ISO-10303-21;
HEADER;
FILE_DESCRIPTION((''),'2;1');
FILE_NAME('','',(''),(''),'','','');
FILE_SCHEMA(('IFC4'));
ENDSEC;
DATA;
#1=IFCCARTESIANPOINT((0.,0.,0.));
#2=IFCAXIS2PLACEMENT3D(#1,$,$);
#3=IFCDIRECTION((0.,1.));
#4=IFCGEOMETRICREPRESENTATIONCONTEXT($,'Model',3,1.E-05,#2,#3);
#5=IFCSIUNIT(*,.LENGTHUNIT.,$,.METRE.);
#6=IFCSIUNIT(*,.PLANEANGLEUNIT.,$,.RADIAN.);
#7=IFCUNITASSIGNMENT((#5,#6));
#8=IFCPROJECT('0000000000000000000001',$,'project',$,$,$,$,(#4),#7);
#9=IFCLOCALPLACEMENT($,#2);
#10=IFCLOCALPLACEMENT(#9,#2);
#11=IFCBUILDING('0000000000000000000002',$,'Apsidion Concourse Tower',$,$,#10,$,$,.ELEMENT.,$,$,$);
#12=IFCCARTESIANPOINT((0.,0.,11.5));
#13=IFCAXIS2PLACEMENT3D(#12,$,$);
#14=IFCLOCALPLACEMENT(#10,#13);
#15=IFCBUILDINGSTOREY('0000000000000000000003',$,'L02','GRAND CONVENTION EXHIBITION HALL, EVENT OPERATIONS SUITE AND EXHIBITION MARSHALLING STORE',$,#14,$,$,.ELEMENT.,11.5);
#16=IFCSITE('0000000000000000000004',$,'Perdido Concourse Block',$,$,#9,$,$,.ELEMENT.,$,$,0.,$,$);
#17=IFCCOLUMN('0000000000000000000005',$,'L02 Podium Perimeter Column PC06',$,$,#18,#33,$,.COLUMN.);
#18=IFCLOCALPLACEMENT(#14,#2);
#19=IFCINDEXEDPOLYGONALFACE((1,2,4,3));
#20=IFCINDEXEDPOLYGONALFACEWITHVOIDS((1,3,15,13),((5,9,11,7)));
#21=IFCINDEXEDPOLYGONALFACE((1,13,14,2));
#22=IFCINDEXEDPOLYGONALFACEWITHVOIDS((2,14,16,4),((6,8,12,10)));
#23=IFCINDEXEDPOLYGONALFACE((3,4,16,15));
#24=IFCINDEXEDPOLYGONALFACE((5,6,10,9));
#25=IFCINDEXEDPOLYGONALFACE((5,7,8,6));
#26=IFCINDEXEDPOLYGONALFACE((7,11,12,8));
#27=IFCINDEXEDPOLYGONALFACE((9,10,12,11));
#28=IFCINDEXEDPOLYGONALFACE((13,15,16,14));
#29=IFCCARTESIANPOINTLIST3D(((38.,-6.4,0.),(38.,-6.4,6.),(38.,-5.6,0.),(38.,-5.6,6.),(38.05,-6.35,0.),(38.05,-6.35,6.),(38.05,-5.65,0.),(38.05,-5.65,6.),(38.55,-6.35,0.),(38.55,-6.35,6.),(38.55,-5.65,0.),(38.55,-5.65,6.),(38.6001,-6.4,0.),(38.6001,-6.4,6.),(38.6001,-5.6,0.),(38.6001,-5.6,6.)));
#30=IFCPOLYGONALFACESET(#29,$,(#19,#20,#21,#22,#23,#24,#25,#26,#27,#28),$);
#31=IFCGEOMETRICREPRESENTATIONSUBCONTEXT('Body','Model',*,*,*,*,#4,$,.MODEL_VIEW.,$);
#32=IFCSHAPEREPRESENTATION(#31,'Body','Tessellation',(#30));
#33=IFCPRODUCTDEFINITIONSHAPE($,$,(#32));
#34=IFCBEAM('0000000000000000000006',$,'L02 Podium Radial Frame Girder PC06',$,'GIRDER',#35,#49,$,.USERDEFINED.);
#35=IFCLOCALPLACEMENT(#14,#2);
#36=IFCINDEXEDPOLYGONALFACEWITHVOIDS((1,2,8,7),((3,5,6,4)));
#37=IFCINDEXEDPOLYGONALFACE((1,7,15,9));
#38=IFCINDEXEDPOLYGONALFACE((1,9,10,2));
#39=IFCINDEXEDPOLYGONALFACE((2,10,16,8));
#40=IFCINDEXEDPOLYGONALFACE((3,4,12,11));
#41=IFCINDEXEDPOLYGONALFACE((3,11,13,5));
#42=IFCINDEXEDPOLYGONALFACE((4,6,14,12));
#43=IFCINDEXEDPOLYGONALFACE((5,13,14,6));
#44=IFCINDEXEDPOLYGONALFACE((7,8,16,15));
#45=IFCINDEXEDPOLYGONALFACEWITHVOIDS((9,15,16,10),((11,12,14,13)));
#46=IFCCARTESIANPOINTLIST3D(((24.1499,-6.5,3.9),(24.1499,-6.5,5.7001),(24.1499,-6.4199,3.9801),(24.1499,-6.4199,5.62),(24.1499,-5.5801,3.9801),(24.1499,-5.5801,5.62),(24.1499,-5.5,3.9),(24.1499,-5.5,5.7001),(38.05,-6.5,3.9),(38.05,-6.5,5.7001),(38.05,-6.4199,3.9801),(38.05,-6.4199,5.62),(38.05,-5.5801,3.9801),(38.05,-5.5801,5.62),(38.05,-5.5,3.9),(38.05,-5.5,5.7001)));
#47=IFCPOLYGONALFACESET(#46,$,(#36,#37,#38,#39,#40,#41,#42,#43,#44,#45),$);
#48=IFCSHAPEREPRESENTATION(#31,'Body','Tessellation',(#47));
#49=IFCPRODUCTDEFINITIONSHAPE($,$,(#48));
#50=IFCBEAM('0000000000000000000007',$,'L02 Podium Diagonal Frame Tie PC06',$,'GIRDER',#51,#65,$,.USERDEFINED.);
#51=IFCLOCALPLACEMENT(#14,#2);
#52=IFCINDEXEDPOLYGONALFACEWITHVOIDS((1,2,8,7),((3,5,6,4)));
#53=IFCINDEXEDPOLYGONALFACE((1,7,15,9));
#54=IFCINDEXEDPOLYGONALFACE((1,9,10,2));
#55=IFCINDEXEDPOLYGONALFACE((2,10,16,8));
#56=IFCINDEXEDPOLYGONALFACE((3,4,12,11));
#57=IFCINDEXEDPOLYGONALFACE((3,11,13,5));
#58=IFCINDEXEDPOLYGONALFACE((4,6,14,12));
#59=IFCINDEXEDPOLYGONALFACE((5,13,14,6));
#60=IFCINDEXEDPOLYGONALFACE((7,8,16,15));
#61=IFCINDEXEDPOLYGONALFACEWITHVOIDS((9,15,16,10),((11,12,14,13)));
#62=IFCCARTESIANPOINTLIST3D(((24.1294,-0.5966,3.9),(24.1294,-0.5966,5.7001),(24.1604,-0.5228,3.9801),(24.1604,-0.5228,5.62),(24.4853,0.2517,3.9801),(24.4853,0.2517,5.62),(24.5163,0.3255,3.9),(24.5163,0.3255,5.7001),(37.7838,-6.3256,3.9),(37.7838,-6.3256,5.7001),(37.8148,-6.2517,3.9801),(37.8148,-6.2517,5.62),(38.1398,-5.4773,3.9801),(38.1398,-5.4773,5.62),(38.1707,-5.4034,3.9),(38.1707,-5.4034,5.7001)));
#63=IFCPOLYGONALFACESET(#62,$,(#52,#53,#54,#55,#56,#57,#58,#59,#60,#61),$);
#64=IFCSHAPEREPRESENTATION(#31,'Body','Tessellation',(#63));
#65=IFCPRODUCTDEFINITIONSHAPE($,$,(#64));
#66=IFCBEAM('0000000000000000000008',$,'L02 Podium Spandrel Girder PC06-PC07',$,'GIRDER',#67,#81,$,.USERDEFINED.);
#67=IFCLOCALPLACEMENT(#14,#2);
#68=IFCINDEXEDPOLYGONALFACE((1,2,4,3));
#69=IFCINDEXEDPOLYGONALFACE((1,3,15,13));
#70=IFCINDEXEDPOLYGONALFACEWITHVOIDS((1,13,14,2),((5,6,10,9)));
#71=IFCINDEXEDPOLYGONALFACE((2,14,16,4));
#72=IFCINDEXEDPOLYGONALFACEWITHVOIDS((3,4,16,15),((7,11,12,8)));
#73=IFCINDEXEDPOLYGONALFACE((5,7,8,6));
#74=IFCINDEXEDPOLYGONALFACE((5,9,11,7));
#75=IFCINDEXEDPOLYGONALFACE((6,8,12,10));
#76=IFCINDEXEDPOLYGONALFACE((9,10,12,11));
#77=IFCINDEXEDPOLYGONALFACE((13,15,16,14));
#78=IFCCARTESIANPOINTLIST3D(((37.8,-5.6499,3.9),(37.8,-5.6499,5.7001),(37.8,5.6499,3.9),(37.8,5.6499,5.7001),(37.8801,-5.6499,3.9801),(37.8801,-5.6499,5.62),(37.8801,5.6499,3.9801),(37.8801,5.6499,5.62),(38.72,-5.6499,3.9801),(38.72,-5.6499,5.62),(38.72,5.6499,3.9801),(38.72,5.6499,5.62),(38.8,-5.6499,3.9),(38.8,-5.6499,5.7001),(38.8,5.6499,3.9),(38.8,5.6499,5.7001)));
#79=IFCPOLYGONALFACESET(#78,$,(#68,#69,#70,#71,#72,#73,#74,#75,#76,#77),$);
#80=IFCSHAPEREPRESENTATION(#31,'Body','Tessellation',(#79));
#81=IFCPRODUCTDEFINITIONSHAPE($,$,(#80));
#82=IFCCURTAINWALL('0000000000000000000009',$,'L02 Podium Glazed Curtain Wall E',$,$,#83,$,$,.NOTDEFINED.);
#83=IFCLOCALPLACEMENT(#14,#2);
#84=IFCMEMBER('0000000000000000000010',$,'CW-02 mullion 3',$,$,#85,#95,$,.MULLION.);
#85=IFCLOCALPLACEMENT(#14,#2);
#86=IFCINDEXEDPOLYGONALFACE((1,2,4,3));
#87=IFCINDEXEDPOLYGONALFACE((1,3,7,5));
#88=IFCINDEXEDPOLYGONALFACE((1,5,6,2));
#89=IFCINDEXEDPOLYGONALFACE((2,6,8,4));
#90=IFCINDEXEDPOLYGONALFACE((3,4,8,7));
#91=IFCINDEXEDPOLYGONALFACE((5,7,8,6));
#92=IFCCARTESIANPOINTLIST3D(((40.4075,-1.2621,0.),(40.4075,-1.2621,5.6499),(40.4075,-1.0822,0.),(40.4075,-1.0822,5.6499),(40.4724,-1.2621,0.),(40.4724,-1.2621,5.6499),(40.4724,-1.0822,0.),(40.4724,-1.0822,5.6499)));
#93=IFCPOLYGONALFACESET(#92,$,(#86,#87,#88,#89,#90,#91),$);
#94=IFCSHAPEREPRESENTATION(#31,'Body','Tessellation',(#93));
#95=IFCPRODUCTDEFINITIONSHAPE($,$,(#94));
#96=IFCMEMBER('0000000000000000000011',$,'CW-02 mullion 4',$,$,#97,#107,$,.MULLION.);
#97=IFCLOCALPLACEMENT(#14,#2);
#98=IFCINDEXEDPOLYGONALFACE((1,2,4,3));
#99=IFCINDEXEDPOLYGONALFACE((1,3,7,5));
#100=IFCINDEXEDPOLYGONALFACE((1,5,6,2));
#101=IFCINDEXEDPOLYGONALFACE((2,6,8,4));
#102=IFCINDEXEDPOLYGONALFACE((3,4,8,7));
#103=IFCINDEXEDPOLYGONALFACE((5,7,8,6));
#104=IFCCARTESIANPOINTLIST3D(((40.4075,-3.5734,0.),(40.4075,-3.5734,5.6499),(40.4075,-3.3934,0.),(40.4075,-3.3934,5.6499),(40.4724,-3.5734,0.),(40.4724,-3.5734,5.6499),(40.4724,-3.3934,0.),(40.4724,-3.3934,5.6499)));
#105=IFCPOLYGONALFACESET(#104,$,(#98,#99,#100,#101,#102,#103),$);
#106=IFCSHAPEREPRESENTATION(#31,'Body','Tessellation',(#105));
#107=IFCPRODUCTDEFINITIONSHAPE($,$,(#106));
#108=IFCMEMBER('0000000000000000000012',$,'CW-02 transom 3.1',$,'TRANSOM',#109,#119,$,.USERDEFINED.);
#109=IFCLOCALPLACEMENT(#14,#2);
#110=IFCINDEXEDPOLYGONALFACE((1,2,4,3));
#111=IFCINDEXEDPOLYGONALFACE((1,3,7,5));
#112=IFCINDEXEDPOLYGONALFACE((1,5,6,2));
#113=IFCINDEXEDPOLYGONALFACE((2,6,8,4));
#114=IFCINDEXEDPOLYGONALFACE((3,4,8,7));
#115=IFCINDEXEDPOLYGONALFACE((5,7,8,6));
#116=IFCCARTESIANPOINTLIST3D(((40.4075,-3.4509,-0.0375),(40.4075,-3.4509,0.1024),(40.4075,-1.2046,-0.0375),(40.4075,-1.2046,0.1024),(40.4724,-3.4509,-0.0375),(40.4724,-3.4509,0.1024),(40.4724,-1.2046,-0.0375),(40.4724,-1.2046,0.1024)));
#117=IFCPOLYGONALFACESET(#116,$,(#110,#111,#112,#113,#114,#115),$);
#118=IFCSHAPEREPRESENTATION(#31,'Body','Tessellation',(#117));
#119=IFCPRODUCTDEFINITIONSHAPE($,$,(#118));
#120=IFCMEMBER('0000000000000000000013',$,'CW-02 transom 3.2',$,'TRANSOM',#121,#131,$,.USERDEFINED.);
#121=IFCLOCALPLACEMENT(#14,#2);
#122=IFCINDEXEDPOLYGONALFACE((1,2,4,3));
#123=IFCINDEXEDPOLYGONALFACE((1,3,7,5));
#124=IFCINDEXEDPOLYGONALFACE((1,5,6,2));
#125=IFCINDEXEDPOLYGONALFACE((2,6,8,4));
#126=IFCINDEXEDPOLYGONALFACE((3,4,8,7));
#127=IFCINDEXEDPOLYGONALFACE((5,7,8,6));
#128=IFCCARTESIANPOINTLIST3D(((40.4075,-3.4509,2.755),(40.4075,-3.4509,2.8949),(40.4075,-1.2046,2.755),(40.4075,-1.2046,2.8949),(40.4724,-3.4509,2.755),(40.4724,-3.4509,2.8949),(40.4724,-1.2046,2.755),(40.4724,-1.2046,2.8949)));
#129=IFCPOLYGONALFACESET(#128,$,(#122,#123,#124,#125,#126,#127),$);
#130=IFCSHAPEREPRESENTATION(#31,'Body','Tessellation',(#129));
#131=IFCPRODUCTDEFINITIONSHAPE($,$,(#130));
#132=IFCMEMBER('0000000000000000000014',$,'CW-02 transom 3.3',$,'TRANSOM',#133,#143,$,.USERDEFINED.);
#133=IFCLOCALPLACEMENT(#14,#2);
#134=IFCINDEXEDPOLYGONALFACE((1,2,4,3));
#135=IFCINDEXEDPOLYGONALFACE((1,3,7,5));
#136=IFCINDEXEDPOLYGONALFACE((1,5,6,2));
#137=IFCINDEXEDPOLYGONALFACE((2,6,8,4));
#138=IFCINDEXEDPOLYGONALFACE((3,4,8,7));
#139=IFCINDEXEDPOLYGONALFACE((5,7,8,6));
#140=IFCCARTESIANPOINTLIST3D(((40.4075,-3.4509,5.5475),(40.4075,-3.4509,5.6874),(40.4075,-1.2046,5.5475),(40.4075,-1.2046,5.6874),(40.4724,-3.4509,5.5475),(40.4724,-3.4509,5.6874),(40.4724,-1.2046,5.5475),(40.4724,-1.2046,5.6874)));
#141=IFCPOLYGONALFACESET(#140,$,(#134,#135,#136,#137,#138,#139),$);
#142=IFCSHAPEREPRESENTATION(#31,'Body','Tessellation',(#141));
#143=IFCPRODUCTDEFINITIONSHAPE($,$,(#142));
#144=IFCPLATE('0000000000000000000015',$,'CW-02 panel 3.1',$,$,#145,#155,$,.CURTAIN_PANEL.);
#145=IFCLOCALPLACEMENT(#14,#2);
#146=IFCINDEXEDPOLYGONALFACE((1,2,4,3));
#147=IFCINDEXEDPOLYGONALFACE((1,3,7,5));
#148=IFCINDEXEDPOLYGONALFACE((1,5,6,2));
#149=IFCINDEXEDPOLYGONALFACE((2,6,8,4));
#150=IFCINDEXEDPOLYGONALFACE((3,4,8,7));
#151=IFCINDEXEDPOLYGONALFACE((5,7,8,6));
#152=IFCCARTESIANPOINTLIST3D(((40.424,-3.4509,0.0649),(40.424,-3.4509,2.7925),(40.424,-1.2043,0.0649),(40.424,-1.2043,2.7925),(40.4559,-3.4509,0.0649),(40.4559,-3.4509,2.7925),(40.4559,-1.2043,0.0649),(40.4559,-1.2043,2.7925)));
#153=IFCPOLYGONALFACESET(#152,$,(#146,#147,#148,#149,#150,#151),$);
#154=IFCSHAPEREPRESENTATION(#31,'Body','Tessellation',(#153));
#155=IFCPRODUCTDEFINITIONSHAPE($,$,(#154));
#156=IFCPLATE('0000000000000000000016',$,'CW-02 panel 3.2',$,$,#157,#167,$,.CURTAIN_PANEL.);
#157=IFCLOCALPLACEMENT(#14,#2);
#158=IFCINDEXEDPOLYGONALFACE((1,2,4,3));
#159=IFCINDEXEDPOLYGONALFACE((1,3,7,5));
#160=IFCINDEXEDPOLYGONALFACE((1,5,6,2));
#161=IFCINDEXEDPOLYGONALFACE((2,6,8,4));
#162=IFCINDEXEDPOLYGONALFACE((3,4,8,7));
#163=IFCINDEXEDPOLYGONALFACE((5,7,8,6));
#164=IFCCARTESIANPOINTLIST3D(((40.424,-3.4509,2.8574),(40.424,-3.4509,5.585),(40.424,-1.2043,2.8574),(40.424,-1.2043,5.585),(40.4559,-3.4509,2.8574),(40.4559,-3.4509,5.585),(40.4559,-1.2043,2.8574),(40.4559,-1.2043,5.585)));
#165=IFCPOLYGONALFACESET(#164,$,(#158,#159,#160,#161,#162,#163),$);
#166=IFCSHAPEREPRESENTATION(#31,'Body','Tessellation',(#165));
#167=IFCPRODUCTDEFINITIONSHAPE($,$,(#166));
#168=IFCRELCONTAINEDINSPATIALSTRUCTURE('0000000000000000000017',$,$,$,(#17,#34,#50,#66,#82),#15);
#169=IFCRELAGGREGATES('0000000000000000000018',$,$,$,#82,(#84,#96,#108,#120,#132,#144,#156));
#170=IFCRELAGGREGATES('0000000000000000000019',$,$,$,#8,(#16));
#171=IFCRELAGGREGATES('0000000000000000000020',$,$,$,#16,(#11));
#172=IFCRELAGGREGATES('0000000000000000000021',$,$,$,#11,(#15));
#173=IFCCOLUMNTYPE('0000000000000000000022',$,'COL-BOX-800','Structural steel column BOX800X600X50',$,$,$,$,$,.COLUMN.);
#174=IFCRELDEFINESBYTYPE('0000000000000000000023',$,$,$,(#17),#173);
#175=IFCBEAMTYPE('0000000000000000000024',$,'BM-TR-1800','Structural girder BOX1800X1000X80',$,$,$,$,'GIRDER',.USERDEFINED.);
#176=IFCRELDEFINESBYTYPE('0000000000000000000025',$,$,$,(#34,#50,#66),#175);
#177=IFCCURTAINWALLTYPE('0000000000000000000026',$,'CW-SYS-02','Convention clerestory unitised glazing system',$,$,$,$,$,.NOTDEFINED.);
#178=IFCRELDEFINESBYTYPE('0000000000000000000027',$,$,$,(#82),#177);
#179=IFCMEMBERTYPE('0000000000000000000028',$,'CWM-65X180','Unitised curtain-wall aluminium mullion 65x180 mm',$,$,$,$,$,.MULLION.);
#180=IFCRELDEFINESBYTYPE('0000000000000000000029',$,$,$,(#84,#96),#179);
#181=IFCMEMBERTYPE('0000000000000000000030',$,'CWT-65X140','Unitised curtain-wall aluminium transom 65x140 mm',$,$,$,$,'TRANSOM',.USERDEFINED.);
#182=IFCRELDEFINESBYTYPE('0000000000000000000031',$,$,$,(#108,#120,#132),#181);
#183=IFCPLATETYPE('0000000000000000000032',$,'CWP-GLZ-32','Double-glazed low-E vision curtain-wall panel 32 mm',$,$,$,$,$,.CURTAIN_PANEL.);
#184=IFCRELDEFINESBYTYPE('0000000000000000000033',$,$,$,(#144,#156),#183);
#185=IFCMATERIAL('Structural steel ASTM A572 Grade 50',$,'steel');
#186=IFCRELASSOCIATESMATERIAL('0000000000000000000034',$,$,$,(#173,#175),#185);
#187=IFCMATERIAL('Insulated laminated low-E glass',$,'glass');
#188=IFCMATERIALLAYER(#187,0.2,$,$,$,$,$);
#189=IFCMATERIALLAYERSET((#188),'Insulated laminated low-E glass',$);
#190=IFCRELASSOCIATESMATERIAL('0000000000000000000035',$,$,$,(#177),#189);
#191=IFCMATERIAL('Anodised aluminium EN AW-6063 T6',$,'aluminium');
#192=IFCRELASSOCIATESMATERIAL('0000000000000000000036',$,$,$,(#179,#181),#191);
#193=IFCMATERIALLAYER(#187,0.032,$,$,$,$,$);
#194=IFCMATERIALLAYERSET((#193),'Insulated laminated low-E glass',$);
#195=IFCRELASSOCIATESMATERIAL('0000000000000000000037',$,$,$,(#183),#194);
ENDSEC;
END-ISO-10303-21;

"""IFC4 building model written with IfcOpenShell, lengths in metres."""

from ifc_helpers import new_model, si_unit, direction, frame, origin, origin_2d, place, context, subcontext, project, spatial, rectangle, hollow_rectangle, extrude, material, layer, layer_set, material_profile, profile_set, type_object, element, aggregate, save


model = new_model("IFC4")

# Units and contexts
model_context = context("Model", 3, precision=1e-05, world=origin(), true_north=direction((0.0, 1.0)))
body_context = subcontext(model_context, "Body", "Model", "MODEL_VIEW")
ifc_project = project(units=[si_unit("LENGTHUNIT", "METRE"), si_unit("PLANEANGLEUNIT", "RADIAN")], contexts=[model_context])

# Site, building, storey
site_placement = place(None, origin())
site = spatial("IfcSite", under=ifc_project, at=site_placement, Name="Perdido Concourse Block", CompositionType="ELEMENT", RefElevation=0.0)
building_placement = place(site_placement, origin())
building = spatial("IfcBuilding", under=site, at=building_placement, Name="Apsidion Concourse Tower", CompositionType="ELEMENT")
storey_placement = place(building_placement, frame((0.0, 0.0, 11.5)))
storey = spatial("IfcBuildingStorey", under=building, at=storey_placement, Name="L02", Description="GRAND CONVENTION EXHIBITION HALL, EVENT OPERATIONS SUITE AND EXHIBITION MARSHALLING STORE", CompositionType="ELEMENT", Elevation=11.5)

# Column
ifc_material_1 = material(Name="Structural steel ASTM A572 Grade 50", Category="steel")
ifc_material_profile_1 = material_profile(ifc_material_1, hollow_rectangle(XDim=0.6001, YDim=0.8, WallThickness=0.05, at=origin_2d()), Name="BOX800X600X50")
ifc_profile_set_1 = profile_set([ifc_material_profile_1], Name="Structural steel ASTM A572 Grade 50")
column_type = type_object("IfcColumnType", Name="COL-BOX-800", Description="Structural steel column BOX800X600X50", PredefinedType="COLUMN", material=ifc_profile_set_1)
column_placement = place(storey_placement, frame((38.3, -6.0, 0.0), z_axis=(0.0, 0.0, 1.0), x_axis=(1.0, 0.0, 0.0)))
element("IfcColumn", 1, at=column_placement, inside=storey, type_object=column_type, Name="L02 Podium Perimeter Column PC06", PredefinedType="COLUMN", context=body_context, shape_type="SweptSolid", body=[
    extrude(hollow_rectangle(XDim=0.6001, YDim=0.8, WallThickness=0.05, at=origin_2d()), origin(), (0.0, 0.0, 1.0), 6.0),
])

# Beams
ifc_material_profile_2 = material_profile(ifc_material_1, hollow_rectangle(XDim=1.0, YDim=1.8, WallThickness=0.0801, at=origin_2d()), Name="BOX1800X1000X80")
ifc_profile_set_2 = profile_set([ifc_material_profile_2], Name="Structural steel ASTM A572 Grade 50")
beam_type = type_object("IfcBeamType", Name="BM-TR-1800", Description="Structural girder BOX1800X1000X80", ElementType="GIRDER", PredefinedType="USERDEFINED", material=ifc_profile_set_2)
beam_1_placement = place(storey_placement, frame((38.05, -6.0, 4.8), z_axis=(-1.0, 0.0, 0.0), x_axis=(0.0, -1.0, 0.0)))
element("IfcBeam", 2, at=beam_1_placement, inside=storey, type_object=beam_type, Name="L02 Podium Radial Frame Girder PC06", ObjectType="GIRDER", PredefinedType="USERDEFINED", context=body_context, shape_type="SweptSolid", body=[
    extrude(hollow_rectangle(XDim=1.0, YDim=1.8, WallThickness=0.0801, at=origin_2d()), origin(), (0.0, 0.0, 1.0), 13.9001),
])
beam_2_placement = place(storey_placement, frame((37.9773, -5.8645, 4.8), z_axis=(-0.922124, 0.386894, 0.0), x_axis=(-0.386894, -0.922124, 0.0)))
element("IfcBeam", 3, at=beam_2_placement, inside=storey, type_object=beam_type, Name="L02 Podium Diagonal Frame Tie PC06", ObjectType="GIRDER", PredefinedType="USERDEFINED", context=body_context, shape_type="SweptSolid", body=[
    extrude(hollow_rectangle(XDim=1.0, YDim=1.8, WallThickness=0.0801, at=origin_2d()), origin(), (0.0, 0.0, 1.0), 14.8076),
])
beam_3_placement = place(storey_placement, frame((38.3, -5.6499, 4.8), z_axis=(0.0, 1.0, 0.0), x_axis=(-1.0, 0.0, 0.0)))
element("IfcBeam", 4, at=beam_3_placement, inside=storey, type_object=beam_type, Name="L02 Podium Spandrel Girder PC06-PC07", ObjectType="GIRDER", PredefinedType="USERDEFINED", context=body_context, shape_type="SweptSolid", body=[
    extrude(hollow_rectangle(XDim=1.0, YDim=1.8, WallThickness=0.0801, at=origin_2d()), origin(), (0.0, 0.0, 1.0), 11.2998),
])

# Curtain wall, members, plates
ifc_material_2 = material(Name="Insulated laminated low-E glass", Category="glass")
ifc_layer_1 = layer(ifc_material_2, 0.2)
ifc_layer_set_1 = layer_set([ifc_layer_1], Name="Insulated laminated low-E glass")
curtain_wall_type = type_object("IfcCurtainWallType", Name="CW-SYS-02", Description="Convention clerestory unitised glazing system", PredefinedType="NOTDEFINED", material=ifc_layer_set_1)
curtain_wall_placement = place(storey_placement, origin())
curtain_wall = element("IfcCurtainWall", 5, at=curtain_wall_placement, inside=storey, type_object=curtain_wall_type, Name="L02 Podium Glazed Curtain Wall E", PredefinedType="NOTDEFINED")
ifc_material_3 = material(Name="Anodised aluminium EN AW-6063 T6", Category="aluminium")
ifc_material_profile_3 = material_profile(ifc_material_3, rectangle(XDim=0.0649, YDim=0.1799, at=origin_2d()), Name="ALU MULLION 65x180")
ifc_profile_set_3 = profile_set([ifc_material_profile_3], Name="Anodised aluminium EN AW-6063 T6")
member_type_1 = type_object("IfcMemberType", Name="CWM-65X180", Description="Unitised curtain-wall aluminium mullion 65x180 mm", PredefinedType="MULLION", material=ifc_profile_set_3)
member_1_placement = place(storey_placement, frame((40.4399, -1.1721, 0.0), z_axis=(0.0, 0.0, 1.0), x_axis=(1.0, 0.0, 0.0)))
member_1 = element("IfcMember", 6, at=member_1_placement, type_object=member_type_1, Name="CW-02 mullion 3", PredefinedType="MULLION", context=body_context, shape_type="SweptSolid", body=[
    extrude(rectangle(XDim=0.0649, YDim=0.1799, at=origin_2d()), origin(), (0.0, 0.0, 1.0), 5.6499),
])
member_2_placement = place(storey_placement, frame((40.4399, -3.4834, 0.0), z_axis=(0.0, 0.0, 1.0), x_axis=(1.0, 0.0, 0.0)))
member_2 = element("IfcMember", 7, at=member_2_placement, type_object=member_type_1, Name="CW-02 mullion 4", PredefinedType="MULLION", context=body_context, shape_type="SweptSolid", body=[
    extrude(rectangle(XDim=0.0649, YDim=0.1799, at=origin_2d()), origin(), (0.0, 0.0, 1.0), 5.6499),
])
ifc_material_profile_4 = material_profile(ifc_material_3, rectangle(XDim=0.0649, YDim=0.1399, at=origin_2d()), Name="ALU TRANSOM 65x140")
ifc_profile_set_4 = profile_set([ifc_material_profile_4], Name="Anodised aluminium EN AW-6063 T6")
member_type_2 = type_object("IfcMemberType", Name="CWT-65X140", Description="Unitised curtain-wall aluminium transom 65x140 mm", ElementType="TRANSOM", PredefinedType="USERDEFINED", material=ifc_profile_set_4)
member_3_placement = place(storey_placement, frame((40.4399, -1.2046, 0.0325), z_axis=(0.0, -1.0, 0.0), x_axis=(1.0, 0.0, 0.0)))
member_3 = element("IfcMember", 8, at=member_3_placement, type_object=member_type_2, Name="CW-02 transom 3.1", ObjectType="TRANSOM", PredefinedType="USERDEFINED", context=body_context, shape_type="SweptSolid", body=[
    extrude(rectangle(XDim=0.0649, YDim=0.1399, at=origin_2d()), origin(), (0.0, 0.0, 1.0), 2.2463),
])
member_4_placement = place(storey_placement, frame((40.4399, -1.2046, 2.825), z_axis=(0.0, -1.0, 0.0), x_axis=(1.0, 0.0, 0.0)))
member_4 = element("IfcMember", 9, at=member_4_placement, type_object=member_type_2, Name="CW-02 transom 3.2", ObjectType="TRANSOM", PredefinedType="USERDEFINED", context=body_context, shape_type="SweptSolid", body=[
    extrude(rectangle(XDim=0.0649, YDim=0.1399, at=origin_2d()), origin(), (0.0, 0.0, 1.0), 2.2463),
])
member_5_placement = place(storey_placement, frame((40.4399, -1.2046, 5.6174), z_axis=(0.0, -1.0, 0.0), x_axis=(1.0, 0.0, 0.0)))
member_5 = element("IfcMember", 10, at=member_5_placement, type_object=member_type_2, Name="CW-02 transom 3.3", ObjectType="TRANSOM", PredefinedType="USERDEFINED", context=body_context, shape_type="SweptSolid", body=[
    extrude(rectangle(XDim=0.0649, YDim=0.1399, at=origin_2d()), origin(), (0.0, 0.0, 1.0), 2.2463),
])
ifc_layer_2 = layer(ifc_material_2, 0.032)
ifc_layer_set_2 = layer_set([ifc_layer_2], Name="Insulated laminated low-E glass")
plate_type = type_object("IfcPlateType", Name="CWP-GLZ-32", Description="Double-glazed low-E vision curtain-wall panel 32 mm", PredefinedType="CURTAIN_PANEL", material=ifc_layer_set_2)
plate_1_placement = place(storey_placement, frame((40.4399, -2.3276, 0.0649), z_axis=(0.0, 0.0, 1.0), x_axis=(0.0, -1.0, 0.0)))
plate_1 = element("IfcPlate", 11, at=plate_1_placement, type_object=plate_type, Name="CW-02 panel 3.1", PredefinedType="CURTAIN_PANEL", context=body_context, shape_type="SweptSolid", body=[
    extrude(rectangle(XDim=2.2466, YDim=0.032, at=origin_2d()), origin(), (0.0, 0.0, 1.0), 2.7275),
])
plate_2_placement = place(storey_placement, frame((40.4399, -2.3276, 2.8574), z_axis=(0.0, 0.0, 1.0), x_axis=(0.0, -1.0, 0.0)))
plate_2 = element("IfcPlate", 12, at=plate_2_placement, type_object=plate_type, Name="CW-02 panel 3.2", PredefinedType="CURTAIN_PANEL", context=body_context, shape_type="SweptSolid", body=[
    extrude(rectangle(XDim=2.2466, YDim=0.032, at=origin_2d()), origin(), (0.0, 0.0, 1.0), 2.7275),
])
aggregate(curtain_wall, [member_1, member_2, member_3, member_4, member_5, plate_1, plate_2])

save(model, "model.ifc")
